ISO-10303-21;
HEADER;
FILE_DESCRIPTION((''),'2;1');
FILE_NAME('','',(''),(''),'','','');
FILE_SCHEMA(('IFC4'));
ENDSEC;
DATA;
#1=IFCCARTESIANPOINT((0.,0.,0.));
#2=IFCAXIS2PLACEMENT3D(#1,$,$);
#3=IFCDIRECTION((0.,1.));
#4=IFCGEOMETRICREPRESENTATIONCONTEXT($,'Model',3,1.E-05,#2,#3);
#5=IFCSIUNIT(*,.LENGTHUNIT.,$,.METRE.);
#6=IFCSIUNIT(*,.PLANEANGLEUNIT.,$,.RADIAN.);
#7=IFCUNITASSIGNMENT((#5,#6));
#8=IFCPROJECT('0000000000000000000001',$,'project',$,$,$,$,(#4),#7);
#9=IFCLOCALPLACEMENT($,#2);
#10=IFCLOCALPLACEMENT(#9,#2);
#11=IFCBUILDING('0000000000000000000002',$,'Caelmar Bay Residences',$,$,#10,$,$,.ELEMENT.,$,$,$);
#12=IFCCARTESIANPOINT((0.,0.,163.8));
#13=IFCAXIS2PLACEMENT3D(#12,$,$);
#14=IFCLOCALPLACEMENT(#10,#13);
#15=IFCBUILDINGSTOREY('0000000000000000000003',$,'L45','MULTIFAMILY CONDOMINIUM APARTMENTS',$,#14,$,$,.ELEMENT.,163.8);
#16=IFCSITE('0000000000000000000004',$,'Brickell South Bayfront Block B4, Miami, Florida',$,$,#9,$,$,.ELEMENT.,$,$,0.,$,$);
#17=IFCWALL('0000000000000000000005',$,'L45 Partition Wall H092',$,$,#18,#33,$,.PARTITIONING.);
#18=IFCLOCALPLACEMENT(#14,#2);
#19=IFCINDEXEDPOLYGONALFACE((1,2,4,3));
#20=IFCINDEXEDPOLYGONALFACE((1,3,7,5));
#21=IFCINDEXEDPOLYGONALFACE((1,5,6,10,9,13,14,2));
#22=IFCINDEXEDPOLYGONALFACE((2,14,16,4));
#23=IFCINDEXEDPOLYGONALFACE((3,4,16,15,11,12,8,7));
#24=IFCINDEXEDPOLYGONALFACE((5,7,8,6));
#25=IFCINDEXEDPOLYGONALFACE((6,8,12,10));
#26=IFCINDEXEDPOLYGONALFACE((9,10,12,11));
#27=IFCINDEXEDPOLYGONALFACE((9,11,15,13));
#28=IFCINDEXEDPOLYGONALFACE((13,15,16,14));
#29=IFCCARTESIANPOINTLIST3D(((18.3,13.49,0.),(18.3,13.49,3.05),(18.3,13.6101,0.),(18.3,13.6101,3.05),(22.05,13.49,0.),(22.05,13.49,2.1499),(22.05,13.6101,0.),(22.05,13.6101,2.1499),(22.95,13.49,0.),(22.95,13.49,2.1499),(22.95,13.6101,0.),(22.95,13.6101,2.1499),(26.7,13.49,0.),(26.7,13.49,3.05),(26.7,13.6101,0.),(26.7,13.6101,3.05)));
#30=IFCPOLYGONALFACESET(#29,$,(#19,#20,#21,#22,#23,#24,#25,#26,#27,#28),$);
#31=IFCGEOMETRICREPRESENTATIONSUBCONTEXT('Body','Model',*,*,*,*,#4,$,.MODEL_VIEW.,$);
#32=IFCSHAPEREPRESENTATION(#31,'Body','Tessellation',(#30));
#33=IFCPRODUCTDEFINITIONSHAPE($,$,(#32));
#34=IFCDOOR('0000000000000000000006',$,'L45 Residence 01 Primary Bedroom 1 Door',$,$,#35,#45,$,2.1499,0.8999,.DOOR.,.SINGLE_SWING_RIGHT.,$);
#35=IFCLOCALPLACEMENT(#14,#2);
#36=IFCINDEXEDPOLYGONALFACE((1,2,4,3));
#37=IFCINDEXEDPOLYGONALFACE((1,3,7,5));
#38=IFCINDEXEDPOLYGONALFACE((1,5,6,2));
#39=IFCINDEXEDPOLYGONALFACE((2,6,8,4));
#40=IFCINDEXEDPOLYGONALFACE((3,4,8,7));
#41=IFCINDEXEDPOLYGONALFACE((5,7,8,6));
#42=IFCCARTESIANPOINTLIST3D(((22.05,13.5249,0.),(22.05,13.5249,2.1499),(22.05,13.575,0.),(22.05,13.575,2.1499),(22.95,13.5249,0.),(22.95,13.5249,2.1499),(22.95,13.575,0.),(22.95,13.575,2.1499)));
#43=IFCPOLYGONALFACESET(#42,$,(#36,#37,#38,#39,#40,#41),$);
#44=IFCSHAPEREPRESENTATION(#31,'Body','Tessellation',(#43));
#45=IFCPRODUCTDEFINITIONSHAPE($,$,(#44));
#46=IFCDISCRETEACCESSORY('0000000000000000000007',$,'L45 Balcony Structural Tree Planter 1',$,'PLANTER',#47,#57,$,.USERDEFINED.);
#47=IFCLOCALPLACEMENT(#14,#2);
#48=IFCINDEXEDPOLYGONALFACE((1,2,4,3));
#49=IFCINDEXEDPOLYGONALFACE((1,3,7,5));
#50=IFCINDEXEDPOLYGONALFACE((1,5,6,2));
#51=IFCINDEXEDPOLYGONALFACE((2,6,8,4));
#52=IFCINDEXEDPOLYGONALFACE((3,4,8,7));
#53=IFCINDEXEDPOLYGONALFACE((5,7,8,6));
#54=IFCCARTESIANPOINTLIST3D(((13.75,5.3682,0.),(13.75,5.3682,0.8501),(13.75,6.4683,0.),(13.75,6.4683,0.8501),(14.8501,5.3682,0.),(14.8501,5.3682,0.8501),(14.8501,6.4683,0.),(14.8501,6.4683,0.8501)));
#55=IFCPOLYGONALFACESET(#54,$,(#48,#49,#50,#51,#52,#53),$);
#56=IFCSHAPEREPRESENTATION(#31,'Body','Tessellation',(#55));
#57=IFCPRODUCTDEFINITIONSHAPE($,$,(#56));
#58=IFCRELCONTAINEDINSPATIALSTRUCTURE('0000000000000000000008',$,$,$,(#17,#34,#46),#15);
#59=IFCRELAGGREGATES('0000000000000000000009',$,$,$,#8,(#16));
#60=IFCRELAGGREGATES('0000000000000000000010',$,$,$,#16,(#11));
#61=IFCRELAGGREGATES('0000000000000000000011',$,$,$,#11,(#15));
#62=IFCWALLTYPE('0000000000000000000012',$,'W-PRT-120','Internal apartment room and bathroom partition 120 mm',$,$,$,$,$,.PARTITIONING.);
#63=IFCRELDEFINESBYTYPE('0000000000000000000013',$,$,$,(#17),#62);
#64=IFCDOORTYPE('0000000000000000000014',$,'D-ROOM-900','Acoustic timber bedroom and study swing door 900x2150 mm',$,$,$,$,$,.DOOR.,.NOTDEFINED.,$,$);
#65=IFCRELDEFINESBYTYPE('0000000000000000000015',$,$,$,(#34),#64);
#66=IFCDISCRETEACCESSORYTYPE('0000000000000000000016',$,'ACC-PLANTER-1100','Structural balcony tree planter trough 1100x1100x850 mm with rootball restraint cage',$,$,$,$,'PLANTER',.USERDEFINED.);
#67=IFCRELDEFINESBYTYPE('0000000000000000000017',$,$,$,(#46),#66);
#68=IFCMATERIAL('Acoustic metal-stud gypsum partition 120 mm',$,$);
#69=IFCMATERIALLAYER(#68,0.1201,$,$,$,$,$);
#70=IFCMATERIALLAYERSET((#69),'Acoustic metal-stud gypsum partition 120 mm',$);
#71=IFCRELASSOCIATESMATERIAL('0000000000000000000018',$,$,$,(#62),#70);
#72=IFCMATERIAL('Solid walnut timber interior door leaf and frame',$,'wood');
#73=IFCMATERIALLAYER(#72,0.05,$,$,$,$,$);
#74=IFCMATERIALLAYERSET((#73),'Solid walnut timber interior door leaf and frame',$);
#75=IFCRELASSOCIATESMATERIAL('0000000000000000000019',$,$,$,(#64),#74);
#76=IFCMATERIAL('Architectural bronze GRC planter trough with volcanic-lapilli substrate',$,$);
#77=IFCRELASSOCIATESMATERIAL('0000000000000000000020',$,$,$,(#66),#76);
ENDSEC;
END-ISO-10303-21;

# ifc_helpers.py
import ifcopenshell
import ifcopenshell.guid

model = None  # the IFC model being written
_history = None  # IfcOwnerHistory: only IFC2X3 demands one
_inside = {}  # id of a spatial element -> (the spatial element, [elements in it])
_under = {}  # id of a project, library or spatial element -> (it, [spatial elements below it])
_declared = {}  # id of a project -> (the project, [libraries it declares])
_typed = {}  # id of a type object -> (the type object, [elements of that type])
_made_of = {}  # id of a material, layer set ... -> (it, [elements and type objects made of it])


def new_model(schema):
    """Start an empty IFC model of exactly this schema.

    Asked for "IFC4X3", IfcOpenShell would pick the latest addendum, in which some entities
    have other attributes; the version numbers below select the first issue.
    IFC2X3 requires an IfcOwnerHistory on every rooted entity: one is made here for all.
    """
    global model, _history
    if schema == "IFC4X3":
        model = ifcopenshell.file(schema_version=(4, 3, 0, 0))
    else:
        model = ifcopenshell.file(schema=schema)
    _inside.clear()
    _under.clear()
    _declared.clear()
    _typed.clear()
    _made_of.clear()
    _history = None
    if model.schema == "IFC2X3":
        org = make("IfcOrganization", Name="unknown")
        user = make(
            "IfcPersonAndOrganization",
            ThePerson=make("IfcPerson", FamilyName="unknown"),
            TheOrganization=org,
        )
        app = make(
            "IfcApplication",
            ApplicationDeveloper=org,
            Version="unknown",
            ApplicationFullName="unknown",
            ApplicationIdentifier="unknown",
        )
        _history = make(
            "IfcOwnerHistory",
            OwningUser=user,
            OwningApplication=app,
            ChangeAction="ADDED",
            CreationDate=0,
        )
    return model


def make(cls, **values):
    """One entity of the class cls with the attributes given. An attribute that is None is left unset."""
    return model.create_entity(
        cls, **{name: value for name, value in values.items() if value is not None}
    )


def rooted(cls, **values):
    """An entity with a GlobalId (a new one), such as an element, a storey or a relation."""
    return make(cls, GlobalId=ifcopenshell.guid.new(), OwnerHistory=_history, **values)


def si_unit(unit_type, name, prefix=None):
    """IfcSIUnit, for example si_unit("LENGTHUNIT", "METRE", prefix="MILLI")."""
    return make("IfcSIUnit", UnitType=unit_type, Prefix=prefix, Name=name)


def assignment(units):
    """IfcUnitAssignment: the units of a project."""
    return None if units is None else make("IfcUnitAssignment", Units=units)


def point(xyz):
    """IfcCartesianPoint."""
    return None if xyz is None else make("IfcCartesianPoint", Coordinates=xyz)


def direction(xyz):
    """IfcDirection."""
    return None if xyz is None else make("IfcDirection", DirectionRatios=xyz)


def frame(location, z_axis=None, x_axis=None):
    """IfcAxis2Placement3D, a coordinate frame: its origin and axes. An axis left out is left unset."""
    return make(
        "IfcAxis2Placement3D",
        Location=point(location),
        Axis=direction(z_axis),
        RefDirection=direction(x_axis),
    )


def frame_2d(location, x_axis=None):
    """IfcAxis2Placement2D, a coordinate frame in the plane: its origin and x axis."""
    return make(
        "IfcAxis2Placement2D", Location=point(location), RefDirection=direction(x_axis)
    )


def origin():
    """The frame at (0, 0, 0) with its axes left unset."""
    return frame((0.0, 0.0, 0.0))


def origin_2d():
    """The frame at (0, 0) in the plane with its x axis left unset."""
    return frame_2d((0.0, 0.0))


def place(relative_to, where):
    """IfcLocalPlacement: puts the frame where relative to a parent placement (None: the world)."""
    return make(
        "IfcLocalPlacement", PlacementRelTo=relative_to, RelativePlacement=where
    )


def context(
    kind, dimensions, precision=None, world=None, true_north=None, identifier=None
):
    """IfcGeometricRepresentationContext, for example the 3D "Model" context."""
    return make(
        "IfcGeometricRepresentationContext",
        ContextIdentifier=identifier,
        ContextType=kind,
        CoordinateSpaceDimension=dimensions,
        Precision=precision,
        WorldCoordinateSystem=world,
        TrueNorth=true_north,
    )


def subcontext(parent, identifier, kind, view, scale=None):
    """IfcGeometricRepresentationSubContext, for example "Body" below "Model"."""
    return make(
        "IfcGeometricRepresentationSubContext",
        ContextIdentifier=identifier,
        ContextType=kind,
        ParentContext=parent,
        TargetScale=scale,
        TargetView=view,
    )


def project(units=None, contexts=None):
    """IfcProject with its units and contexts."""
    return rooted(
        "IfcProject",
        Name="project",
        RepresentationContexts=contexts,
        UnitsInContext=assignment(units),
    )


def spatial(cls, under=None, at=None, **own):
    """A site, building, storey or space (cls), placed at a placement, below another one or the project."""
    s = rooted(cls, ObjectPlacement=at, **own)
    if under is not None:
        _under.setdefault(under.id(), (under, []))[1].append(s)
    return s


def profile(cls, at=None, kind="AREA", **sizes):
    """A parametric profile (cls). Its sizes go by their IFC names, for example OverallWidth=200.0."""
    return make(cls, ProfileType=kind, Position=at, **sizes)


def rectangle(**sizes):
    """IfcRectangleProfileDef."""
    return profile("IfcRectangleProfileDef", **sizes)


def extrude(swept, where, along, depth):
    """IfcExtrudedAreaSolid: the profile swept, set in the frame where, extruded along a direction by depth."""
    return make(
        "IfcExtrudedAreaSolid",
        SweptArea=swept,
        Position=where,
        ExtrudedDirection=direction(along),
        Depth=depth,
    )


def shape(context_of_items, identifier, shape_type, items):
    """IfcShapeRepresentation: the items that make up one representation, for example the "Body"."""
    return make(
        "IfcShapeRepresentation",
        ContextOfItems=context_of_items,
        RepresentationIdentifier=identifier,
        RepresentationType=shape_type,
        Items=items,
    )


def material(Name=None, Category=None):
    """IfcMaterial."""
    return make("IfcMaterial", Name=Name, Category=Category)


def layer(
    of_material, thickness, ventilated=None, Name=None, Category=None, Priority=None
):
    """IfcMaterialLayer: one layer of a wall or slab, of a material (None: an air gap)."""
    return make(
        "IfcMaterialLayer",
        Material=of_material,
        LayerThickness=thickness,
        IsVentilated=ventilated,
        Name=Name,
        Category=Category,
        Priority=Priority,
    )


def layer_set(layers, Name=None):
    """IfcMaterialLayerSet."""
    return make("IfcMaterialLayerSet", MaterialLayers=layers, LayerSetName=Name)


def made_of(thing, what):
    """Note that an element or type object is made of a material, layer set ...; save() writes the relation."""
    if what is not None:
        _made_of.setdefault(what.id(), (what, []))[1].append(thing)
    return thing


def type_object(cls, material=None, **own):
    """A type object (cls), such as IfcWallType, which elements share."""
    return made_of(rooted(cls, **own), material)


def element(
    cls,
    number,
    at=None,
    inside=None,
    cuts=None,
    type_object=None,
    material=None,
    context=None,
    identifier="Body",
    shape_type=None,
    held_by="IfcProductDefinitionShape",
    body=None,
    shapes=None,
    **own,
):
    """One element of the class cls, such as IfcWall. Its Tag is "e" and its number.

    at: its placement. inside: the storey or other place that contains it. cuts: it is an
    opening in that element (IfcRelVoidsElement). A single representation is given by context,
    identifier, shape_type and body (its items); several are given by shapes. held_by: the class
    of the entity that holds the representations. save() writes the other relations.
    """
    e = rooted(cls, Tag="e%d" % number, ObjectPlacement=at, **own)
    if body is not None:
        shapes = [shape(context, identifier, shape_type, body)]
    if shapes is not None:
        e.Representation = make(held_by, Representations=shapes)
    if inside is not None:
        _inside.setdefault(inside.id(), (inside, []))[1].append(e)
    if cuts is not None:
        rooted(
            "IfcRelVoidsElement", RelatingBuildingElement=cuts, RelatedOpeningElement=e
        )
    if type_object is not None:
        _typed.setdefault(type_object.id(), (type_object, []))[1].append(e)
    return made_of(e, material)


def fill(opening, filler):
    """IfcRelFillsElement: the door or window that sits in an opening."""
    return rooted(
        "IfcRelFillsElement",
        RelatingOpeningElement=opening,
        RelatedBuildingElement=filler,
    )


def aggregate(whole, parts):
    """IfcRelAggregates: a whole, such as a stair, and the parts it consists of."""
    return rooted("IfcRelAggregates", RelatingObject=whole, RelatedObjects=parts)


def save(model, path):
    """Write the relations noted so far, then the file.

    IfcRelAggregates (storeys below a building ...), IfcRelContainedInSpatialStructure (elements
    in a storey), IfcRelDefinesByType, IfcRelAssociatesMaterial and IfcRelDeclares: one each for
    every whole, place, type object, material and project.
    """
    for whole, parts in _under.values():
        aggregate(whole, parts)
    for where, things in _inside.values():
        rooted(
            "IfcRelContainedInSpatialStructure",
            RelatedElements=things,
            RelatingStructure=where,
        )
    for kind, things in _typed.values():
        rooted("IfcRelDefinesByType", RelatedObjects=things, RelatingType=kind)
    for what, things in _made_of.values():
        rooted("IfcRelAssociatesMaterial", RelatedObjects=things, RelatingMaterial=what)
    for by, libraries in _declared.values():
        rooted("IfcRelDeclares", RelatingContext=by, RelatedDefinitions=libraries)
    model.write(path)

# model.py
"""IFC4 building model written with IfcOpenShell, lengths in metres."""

from ifc_helpers import new_model, si_unit, direction, frame, frame_2d, origin, origin_2d, place, context, subcontext, project, spatial, rectangle, extrude, material, layer, layer_set, type_object, element, fill, save


model = new_model("IFC4")

# Units and contexts
model_context = context("Model", 3, precision=1e-05, world=origin(), true_north=direction((0.0, 1.0)))
body_context = subcontext(model_context, "Body", "Model", "MODEL_VIEW")
ifc_project = project(units=[si_unit("LENGTHUNIT", "METRE"), si_unit("PLANEANGLEUNIT", "RADIAN")], contexts=[model_context])

# Site, building, storey
site_placement = place(None, origin())
site = spatial("IfcSite", under=ifc_project, at=site_placement, Name="Brickell South Bayfront Block B4, Miami, Florida", CompositionType="ELEMENT", RefElevation=0.0)
building_placement = place(site_placement, origin())
building = spatial("IfcBuilding", under=site, at=building_placement, Name="Caelmar Bay Residences", CompositionType="ELEMENT")
storey_placement = place(building_placement, frame((0.0, 0.0, 163.8)))
storey = spatial("IfcBuildingStorey", under=building, at=storey_placement, Name="L45", Description="MULTIFAMILY CONDOMINIUM APARTMENTS", CompositionType="ELEMENT", Elevation=163.8)

# Shared definitions
ifc_material_1 = material(Name="Acoustic metal-stud gypsum partition 120 mm")
ifc_layer_1 = layer(ifc_material_1, 0.1201)
ifc_layer_set_1 = layer_set([ifc_layer_1], Name="Acoustic metal-stud gypsum partition 120 mm")
wall_type_1 = type_object("IfcWallType", Name="W-PRT-120", Description="Internal apartment room and bathroom partition 120 mm", PredefinedType="PARTITIONING", material=ifc_layer_set_1)

# Wall, opening, door
wall_1_placement = place(storey_placement, frame((18.3, 13.55, 0.0), z_axis=(0.0, 0.0, 1.0), x_axis=(1.0, 0.0, 0.0)))
wall_1 = element("IfcWall", 1, at=wall_1_placement, inside=storey, type_object=wall_type_1, Name="L45 Partition Wall H092", PredefinedType="PARTITIONING", context=body_context, shape_type="SweptSolid", body=[
    extrude(rectangle(XDim=8.3999, YDim=0.1201, at=frame_2d((4.2, 0.0))), origin(), (0.0, 0.0, 1.0), 3.05),
])
opening_placement = place(wall_1_placement, frame((3.75, 0.0, 0.0)))
opening = element("IfcOpeningElement", 2, at=opening_placement, cuts=wall_1, PredefinedType="OPENING", context=body_context, shape_type="SweptSolid", body=[
    extrude(rectangle(XDim=0.8999, YDim=2.1499, at=frame_2d((0.45, 1.075))), frame((0.0, 0.0701, 0.0), z_axis=(0.0, -1.0, 0.0), x_axis=(1.0, 0.0, 0.0)), (0.0, 0.0, 1.0), 0.1401),
])
ifc_material_2 = material(Name="Solid walnut timber interior door leaf and frame", Category="wood")
ifc_layer_2 = layer(ifc_material_2, 0.05)
ifc_layer_set_2 = layer_set([ifc_layer_2], Name="Solid walnut timber interior door leaf and frame")
door_type = type_object("IfcDoorType", Name="D-ROOM-900", Description="Acoustic timber bedroom and study swing door 900x2150 mm", OperationType="NOTDEFINED", PredefinedType="DOOR", material=ifc_layer_set_2)
door_placement = place(opening_placement, origin())
door = element("IfcDoor", 3, at=door_placement, inside=storey, type_object=door_type, Name="L45 Residence 01 Primary Bedroom 1 Door", OperationType="SINGLE_SWING_RIGHT", OverallHeight=2.1499, OverallWidth=0.8999, PredefinedType="DOOR", context=body_context, shape_type="SweptSolid", body=[
    extrude(rectangle(XDim=0.8999, YDim=2.1499, at=frame_2d((0.45, 1.075))), frame((0.0, 0.0249, 0.0), z_axis=(0.0, -1.0, 0.0), x_axis=(1.0, 0.0, 0.0)), (0.0, 0.0, 1.0), 0.05),
])
fill(opening, door)

# Discrete accessory
ifc_material_3 = material(Name="Architectural bronze GRC planter trough with volcanic-lapilli substrate")
discrete_accessory_type = type_object("IfcDiscreteAccessoryType", Name="ACC-PLANTER-1100", Description="Structural balcony tree planter trough 1100x1100x850 mm with rootball restraint cage", ElementType="PLANTER", PredefinedType="USERDEFINED", material=ifc_material_3)
discrete_accessory_placement = place(storey_placement, frame((14.3, 5.9182, 0.0), z_axis=(0.0, 0.0, 1.0), x_axis=(1.0, 0.0, 0.0)))
element("IfcDiscreteAccessory", 4, at=discrete_accessory_placement, inside=storey, type_object=discrete_accessory_type, Name="L45 Balcony Structural Tree Planter 1", ObjectType="PLANTER", PredefinedType="USERDEFINED", context=body_context, shape_type="SweptSolid", body=[
    extrude(rectangle(XDim=1.1001, YDim=1.1001, at=origin_2d()), origin(), (0.0, 0.0, 1.0), 0.8501),
])

save(model, "model.ifc")
